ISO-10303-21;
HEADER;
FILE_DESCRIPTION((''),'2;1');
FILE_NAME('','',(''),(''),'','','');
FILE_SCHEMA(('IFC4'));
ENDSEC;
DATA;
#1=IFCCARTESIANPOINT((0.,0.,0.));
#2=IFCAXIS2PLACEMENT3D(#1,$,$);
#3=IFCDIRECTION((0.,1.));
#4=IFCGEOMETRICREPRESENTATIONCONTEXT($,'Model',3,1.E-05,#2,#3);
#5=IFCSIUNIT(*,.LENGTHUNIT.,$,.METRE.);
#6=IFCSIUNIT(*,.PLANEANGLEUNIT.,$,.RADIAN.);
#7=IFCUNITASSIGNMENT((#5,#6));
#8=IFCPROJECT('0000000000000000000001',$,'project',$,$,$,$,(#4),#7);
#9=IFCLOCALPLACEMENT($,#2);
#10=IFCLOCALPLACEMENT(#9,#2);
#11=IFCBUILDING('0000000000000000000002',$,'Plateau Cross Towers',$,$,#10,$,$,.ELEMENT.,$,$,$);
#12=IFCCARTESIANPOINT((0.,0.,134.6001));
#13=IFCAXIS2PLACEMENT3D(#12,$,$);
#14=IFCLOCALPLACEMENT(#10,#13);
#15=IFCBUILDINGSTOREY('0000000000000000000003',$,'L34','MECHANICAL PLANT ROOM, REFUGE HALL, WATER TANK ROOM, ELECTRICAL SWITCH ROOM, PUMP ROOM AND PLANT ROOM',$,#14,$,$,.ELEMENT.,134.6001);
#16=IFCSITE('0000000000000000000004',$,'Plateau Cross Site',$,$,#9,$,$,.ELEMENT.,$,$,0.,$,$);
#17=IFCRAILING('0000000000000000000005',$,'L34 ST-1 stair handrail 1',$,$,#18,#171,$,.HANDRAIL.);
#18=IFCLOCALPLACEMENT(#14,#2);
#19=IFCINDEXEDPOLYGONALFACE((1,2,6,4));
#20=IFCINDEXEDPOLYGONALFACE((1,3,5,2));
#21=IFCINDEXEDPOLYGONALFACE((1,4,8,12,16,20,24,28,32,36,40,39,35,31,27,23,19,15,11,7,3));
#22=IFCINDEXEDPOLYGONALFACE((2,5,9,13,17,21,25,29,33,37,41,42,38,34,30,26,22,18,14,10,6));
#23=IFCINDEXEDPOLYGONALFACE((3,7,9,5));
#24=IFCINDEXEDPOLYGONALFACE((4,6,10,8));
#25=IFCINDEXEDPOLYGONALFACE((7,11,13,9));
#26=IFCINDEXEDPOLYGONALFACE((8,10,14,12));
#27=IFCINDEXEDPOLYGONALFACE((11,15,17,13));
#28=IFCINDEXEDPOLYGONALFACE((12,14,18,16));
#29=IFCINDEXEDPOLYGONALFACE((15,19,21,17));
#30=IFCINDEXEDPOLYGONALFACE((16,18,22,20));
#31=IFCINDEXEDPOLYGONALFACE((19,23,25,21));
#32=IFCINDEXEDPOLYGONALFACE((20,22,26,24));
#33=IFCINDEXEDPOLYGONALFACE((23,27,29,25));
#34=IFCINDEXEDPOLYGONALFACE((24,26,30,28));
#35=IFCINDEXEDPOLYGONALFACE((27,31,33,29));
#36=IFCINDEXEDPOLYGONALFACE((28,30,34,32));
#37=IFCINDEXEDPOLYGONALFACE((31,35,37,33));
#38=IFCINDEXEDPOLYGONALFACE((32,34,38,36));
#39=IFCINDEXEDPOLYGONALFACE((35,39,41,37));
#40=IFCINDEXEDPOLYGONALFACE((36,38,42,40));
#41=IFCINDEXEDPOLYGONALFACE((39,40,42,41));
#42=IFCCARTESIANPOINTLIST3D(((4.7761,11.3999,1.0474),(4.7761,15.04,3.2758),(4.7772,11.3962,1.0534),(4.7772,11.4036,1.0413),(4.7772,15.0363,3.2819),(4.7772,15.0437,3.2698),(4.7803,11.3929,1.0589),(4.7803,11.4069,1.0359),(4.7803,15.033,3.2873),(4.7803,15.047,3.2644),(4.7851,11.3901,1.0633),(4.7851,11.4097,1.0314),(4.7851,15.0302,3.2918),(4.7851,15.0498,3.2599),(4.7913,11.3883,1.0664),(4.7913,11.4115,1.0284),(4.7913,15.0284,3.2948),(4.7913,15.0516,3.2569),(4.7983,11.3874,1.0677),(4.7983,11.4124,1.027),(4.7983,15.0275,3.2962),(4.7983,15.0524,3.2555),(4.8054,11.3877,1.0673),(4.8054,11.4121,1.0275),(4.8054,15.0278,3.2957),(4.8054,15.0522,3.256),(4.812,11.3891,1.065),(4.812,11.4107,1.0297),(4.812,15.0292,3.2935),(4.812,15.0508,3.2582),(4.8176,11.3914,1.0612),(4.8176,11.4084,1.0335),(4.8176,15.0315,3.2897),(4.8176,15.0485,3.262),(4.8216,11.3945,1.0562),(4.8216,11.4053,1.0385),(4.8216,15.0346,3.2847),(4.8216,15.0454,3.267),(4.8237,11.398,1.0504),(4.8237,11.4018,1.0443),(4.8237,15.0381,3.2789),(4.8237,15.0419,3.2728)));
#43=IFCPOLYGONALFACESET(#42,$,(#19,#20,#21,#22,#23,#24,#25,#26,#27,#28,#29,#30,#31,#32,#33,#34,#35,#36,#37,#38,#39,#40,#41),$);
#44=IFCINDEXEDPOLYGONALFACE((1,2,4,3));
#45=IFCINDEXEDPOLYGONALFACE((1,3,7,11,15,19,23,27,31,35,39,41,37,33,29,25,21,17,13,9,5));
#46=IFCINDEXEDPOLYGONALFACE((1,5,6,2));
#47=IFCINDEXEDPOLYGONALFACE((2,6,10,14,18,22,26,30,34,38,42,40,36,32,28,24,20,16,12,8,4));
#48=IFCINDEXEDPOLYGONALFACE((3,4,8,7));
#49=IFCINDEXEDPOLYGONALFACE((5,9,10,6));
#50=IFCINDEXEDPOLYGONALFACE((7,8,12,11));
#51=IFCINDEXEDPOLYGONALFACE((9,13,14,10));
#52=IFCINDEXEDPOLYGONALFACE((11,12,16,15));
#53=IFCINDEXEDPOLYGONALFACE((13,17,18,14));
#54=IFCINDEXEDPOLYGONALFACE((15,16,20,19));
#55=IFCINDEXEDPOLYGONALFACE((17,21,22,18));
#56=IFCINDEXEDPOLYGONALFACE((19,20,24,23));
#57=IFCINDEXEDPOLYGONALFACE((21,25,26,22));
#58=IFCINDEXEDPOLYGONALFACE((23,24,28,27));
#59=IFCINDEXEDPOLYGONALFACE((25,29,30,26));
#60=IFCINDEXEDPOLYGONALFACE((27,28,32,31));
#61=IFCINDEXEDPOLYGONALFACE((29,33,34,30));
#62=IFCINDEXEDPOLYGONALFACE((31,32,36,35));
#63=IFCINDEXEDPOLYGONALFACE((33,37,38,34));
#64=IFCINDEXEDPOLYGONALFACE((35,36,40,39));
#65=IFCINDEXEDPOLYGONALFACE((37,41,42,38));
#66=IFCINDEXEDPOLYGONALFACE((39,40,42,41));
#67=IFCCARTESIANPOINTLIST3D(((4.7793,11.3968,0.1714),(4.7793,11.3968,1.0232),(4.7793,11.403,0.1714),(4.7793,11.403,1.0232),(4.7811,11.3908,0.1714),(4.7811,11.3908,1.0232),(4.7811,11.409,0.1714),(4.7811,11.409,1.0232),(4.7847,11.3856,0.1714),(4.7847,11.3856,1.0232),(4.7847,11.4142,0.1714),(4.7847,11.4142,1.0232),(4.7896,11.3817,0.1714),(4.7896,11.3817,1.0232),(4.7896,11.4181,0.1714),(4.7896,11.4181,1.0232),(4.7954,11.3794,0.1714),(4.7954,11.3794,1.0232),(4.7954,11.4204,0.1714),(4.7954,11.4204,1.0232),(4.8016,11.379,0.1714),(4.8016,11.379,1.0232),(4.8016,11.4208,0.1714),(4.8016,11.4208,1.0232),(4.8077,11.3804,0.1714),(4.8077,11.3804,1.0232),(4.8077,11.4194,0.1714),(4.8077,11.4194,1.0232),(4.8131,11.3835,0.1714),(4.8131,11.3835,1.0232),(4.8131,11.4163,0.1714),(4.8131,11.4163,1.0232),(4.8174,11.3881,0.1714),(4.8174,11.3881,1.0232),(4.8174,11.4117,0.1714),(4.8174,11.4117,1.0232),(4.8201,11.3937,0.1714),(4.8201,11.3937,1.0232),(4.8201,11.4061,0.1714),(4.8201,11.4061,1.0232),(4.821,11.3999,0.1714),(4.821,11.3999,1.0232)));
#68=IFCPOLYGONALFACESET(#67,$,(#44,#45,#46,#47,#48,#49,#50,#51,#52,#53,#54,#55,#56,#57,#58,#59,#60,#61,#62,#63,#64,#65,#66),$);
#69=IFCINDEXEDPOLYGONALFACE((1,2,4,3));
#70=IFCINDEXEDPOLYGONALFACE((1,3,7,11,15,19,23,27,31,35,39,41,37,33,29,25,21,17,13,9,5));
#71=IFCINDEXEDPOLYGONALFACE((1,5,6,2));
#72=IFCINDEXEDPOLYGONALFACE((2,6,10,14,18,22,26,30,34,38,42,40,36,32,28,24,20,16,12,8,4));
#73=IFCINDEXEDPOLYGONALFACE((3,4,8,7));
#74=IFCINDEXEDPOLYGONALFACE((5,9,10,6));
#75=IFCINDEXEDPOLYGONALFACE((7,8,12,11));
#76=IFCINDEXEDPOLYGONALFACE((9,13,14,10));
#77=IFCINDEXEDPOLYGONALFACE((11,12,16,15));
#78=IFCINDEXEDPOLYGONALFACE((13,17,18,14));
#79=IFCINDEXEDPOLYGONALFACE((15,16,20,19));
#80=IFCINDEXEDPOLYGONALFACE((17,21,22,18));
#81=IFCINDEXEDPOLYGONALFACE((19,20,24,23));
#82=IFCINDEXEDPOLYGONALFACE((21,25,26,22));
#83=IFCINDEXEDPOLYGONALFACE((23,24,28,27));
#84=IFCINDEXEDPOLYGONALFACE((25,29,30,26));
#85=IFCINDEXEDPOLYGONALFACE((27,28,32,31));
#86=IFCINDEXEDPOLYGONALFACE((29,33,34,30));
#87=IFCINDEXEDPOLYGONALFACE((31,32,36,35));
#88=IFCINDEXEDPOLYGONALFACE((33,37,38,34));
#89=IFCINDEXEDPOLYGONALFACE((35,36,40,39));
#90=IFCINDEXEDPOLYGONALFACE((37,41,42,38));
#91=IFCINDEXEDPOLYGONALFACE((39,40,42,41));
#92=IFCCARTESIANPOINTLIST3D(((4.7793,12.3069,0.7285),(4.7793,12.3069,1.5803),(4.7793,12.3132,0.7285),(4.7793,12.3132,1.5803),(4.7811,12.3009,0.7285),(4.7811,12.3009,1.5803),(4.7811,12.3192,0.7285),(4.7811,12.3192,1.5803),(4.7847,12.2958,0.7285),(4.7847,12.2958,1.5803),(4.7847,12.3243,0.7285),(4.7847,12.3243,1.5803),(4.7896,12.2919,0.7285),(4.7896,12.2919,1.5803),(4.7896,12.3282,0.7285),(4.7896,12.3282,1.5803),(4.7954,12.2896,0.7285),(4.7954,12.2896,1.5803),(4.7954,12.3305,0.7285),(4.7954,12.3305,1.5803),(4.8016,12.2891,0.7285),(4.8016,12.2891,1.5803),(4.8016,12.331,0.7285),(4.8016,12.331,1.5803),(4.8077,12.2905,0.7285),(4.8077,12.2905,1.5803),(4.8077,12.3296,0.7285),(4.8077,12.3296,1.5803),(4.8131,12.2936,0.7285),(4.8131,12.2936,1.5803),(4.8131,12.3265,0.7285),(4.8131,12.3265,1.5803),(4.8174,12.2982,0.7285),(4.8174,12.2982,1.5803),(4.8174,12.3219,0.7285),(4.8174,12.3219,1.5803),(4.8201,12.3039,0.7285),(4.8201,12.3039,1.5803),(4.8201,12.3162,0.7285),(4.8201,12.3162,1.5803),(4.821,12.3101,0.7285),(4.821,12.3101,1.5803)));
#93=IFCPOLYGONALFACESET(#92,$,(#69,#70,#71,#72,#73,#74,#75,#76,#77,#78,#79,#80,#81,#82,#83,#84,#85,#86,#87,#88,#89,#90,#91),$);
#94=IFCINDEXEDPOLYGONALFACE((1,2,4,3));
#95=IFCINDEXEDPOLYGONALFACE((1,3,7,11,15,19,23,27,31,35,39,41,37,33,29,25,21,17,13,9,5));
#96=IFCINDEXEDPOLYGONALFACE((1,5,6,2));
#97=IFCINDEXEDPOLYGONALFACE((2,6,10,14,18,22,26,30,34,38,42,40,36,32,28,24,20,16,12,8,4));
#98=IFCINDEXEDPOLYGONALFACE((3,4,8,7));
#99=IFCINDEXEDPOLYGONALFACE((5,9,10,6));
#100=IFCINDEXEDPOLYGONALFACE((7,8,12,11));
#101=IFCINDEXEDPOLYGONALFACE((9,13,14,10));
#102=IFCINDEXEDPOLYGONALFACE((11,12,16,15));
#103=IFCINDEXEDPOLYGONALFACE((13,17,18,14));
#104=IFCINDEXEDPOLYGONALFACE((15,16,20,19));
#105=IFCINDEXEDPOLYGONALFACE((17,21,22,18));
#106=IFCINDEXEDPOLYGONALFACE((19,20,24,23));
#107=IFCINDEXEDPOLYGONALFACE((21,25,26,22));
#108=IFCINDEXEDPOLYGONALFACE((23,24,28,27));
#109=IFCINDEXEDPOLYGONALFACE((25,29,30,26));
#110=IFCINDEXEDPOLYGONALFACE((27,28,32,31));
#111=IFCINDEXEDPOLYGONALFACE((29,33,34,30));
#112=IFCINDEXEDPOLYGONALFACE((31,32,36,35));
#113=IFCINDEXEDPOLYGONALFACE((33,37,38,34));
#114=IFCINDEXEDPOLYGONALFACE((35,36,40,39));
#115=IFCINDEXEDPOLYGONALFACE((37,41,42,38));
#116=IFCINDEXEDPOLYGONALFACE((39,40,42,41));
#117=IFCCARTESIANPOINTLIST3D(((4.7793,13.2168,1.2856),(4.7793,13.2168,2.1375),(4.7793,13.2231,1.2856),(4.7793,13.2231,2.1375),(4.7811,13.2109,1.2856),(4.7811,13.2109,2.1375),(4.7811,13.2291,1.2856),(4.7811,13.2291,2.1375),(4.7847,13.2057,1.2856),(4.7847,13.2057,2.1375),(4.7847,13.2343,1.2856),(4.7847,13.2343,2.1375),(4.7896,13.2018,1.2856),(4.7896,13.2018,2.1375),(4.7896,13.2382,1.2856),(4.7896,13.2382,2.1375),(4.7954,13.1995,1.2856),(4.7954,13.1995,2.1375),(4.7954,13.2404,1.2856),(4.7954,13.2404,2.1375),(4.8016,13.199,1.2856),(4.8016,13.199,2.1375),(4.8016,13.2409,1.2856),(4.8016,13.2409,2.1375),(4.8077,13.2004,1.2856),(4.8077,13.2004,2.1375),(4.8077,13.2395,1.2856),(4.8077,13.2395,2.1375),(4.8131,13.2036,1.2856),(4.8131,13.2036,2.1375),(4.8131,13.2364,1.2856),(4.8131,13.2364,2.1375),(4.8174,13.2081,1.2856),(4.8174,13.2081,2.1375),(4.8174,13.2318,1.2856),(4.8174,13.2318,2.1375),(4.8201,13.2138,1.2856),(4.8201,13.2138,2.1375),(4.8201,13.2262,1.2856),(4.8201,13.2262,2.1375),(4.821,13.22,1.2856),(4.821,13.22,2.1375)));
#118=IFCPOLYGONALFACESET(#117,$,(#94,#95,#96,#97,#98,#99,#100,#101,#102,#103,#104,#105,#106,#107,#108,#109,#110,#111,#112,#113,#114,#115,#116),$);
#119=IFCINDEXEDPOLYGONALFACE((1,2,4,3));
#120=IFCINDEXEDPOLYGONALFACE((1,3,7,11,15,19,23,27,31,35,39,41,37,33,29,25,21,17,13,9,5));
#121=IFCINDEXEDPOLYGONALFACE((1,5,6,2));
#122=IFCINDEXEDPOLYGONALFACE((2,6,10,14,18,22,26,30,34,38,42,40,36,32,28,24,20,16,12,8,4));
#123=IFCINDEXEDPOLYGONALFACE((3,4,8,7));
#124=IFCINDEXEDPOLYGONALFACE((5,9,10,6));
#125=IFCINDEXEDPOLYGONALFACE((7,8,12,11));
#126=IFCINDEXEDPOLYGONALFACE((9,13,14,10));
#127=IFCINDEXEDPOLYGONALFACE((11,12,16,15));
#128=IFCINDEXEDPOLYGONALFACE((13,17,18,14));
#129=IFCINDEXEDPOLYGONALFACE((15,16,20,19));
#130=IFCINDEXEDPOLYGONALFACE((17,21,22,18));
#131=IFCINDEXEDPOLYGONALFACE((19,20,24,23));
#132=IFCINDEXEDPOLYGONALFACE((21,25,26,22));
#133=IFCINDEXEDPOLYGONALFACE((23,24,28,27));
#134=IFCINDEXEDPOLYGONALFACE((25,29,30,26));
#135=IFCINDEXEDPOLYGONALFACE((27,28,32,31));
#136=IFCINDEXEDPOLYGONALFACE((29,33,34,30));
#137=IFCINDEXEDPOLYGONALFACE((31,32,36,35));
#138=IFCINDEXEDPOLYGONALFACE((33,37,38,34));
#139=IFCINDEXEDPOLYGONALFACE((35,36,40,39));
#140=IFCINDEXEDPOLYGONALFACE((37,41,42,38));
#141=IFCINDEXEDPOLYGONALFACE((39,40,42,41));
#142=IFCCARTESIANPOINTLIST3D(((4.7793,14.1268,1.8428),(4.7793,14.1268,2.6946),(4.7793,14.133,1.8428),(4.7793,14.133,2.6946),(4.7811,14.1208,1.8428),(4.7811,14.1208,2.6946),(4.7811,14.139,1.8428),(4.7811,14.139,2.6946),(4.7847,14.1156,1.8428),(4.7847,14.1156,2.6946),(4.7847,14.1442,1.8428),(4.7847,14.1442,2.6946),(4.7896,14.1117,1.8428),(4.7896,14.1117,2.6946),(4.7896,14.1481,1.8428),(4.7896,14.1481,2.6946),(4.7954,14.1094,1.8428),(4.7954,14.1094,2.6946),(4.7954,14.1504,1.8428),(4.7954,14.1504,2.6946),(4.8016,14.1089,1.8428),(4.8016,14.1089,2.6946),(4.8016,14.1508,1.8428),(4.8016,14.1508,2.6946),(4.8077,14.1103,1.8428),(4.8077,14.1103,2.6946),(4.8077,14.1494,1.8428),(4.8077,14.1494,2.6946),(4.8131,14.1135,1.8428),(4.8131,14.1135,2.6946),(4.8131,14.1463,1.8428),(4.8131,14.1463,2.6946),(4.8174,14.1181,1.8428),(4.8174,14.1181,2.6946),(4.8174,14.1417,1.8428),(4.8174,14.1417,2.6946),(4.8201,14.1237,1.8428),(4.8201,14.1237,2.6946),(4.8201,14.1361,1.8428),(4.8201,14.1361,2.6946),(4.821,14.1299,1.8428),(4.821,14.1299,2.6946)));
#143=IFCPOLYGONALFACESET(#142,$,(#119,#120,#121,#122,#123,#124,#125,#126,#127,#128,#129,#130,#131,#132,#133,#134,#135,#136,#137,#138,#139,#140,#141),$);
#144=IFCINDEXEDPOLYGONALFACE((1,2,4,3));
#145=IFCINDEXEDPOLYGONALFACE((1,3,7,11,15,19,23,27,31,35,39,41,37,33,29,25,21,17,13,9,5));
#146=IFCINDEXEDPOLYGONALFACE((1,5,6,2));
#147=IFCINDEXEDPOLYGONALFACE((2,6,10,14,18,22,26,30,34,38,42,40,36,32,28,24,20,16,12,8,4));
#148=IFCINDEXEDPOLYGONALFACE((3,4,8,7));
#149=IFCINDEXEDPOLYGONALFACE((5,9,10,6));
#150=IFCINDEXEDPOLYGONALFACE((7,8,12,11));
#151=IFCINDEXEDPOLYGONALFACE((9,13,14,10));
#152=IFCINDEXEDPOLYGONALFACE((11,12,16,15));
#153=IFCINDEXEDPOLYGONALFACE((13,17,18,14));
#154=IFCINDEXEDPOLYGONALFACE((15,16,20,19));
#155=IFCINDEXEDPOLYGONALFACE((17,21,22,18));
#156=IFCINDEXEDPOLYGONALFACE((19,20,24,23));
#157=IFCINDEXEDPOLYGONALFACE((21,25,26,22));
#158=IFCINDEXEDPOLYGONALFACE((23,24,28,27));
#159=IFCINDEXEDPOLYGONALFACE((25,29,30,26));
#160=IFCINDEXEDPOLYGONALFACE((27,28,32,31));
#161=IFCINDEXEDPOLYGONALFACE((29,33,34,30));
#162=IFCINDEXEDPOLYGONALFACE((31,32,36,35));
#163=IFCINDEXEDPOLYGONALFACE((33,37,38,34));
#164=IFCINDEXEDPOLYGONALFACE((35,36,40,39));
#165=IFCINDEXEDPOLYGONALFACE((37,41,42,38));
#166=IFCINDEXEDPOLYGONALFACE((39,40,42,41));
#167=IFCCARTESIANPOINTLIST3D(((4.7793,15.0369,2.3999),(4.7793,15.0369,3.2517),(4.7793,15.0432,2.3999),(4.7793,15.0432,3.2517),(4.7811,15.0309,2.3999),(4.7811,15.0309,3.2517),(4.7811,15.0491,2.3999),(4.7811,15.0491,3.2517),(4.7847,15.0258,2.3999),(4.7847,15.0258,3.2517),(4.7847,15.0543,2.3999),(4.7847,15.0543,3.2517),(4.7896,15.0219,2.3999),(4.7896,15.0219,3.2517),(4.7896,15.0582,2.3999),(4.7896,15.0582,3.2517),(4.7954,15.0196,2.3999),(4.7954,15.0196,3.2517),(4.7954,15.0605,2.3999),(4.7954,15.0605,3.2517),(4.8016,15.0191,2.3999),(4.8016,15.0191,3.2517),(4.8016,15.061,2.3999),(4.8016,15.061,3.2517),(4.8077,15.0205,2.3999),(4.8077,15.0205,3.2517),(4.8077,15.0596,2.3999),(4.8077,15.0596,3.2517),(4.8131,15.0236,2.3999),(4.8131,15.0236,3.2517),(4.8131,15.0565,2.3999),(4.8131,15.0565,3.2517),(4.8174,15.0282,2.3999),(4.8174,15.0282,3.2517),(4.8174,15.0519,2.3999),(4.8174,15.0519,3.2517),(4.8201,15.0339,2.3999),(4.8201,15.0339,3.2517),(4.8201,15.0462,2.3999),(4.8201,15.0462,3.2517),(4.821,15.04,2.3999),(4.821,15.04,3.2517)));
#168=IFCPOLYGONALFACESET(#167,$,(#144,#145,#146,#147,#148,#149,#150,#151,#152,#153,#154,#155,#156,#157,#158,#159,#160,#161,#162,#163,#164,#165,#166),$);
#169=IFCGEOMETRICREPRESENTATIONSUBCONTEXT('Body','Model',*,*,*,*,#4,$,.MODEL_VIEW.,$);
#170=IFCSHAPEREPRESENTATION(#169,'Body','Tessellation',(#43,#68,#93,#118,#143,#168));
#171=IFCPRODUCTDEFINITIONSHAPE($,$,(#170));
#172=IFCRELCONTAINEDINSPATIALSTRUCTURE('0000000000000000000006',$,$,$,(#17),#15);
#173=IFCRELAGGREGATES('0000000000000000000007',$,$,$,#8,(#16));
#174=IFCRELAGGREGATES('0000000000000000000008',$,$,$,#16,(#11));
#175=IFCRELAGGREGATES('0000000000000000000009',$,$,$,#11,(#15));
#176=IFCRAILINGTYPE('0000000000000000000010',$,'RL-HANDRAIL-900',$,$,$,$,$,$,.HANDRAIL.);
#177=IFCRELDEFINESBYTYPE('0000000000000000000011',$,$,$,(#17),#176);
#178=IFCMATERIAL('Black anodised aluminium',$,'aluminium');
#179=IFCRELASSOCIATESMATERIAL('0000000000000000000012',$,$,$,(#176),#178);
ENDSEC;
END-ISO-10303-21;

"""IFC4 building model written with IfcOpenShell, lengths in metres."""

from ifc_helpers import new_model, si_unit, direction, frame, origin, origin_2d, place, context, subcontext, project, spatial, circle, extrude, material, type_object, element, save


model = new_model("IFC4")

# Units and contexts
model_context = context("Model", 3, precision=1e-05, world=origin(), true_north=direction((0.0, 1.0)))
body_context = subcontext(model_context, "Body", "Model", "MODEL_VIEW")
ifc_project = project(units=[si_unit("LENGTHUNIT", "METRE"), si_unit("PLANEANGLEUNIT", "RADIAN")], contexts=[model_context])

# Site, building, storey
site_placement = place(None, origin())
site = spatial("IfcSite", under=ifc_project, at=site_placement, Name="Plateau Cross Site", CompositionType="ELEMENT", RefElevation=0.0)
building_placement = place(site_placement, origin())
building = spatial("IfcBuilding", under=site, at=building_placement, Name="Plateau Cross Towers", CompositionType="ELEMENT")
storey_placement = place(building_placement, frame((0.0, 0.0, 134.6001)))
storey = spatial("IfcBuildingStorey", under=building, at=storey_placement, Name="L34", Description="MECHANICAL PLANT ROOM, REFUGE HALL, WATER TANK ROOM, ELECTRICAL SWITCH ROOM, PUMP ROOM AND PLANT ROOM", CompositionType="ELEMENT", Elevation=134.6001)

# Shared definitions
ifc_material_1 = material(Name="Black anodised aluminium", Category="aluminium")

# Railing
railing_type_1 = type_object("IfcRailingType", Name="RL-HANDRAIL-900", PredefinedType="HANDRAIL", material=ifc_material_1)
railing_1_placement = place(storey_placement, frame((4.8, 11.3999, 0.1714)))
element("IfcRailing", 1, at=railing_1_placement, inside=storey, type_object=railing_type_1, Name="L34 ST-1 stair handrail 1", PredefinedType="HANDRAIL", context=body_context, shape_type="SweptSolid", body=[
    extrude(circle(Radius=0.0239, at=origin_2d()), frame((0.0, 0.0, 0.876), z_axis=(0.0, 0.852866, 0.52213), x_axis=(-1.0, 0.0, 0.0)), (0.0, 0.0, 1.0), 4.2681),
    extrude(circle(Radius=0.021, at=origin_2d()), origin(), (0.0, 0.0, 1.0), 0.8518),
    extrude(circle(Radius=0.021, at=origin_2d()), frame((0.0, 0.9102, 0.5571)), (0.0, 0.0, 1.0), 0.8518),
    extrude(circle(Radius=0.021, at=origin_2d()), frame((0.0, 1.8201, 1.1143)), (0.0, 0.0, 1.0), 0.8518),
    extrude(circle(Radius=0.021, at=origin_2d()), frame((0.0, 2.73, 1.6714)), (0.0, 0.0, 1.0), 0.8518),
    extrude(circle(Radius=0.021, at=origin_2d()), frame((0.0, 3.6401, 2.2285)), (0.0, 0.0, 1.0), 0.8518),
])

save(model, "model.ifc")
